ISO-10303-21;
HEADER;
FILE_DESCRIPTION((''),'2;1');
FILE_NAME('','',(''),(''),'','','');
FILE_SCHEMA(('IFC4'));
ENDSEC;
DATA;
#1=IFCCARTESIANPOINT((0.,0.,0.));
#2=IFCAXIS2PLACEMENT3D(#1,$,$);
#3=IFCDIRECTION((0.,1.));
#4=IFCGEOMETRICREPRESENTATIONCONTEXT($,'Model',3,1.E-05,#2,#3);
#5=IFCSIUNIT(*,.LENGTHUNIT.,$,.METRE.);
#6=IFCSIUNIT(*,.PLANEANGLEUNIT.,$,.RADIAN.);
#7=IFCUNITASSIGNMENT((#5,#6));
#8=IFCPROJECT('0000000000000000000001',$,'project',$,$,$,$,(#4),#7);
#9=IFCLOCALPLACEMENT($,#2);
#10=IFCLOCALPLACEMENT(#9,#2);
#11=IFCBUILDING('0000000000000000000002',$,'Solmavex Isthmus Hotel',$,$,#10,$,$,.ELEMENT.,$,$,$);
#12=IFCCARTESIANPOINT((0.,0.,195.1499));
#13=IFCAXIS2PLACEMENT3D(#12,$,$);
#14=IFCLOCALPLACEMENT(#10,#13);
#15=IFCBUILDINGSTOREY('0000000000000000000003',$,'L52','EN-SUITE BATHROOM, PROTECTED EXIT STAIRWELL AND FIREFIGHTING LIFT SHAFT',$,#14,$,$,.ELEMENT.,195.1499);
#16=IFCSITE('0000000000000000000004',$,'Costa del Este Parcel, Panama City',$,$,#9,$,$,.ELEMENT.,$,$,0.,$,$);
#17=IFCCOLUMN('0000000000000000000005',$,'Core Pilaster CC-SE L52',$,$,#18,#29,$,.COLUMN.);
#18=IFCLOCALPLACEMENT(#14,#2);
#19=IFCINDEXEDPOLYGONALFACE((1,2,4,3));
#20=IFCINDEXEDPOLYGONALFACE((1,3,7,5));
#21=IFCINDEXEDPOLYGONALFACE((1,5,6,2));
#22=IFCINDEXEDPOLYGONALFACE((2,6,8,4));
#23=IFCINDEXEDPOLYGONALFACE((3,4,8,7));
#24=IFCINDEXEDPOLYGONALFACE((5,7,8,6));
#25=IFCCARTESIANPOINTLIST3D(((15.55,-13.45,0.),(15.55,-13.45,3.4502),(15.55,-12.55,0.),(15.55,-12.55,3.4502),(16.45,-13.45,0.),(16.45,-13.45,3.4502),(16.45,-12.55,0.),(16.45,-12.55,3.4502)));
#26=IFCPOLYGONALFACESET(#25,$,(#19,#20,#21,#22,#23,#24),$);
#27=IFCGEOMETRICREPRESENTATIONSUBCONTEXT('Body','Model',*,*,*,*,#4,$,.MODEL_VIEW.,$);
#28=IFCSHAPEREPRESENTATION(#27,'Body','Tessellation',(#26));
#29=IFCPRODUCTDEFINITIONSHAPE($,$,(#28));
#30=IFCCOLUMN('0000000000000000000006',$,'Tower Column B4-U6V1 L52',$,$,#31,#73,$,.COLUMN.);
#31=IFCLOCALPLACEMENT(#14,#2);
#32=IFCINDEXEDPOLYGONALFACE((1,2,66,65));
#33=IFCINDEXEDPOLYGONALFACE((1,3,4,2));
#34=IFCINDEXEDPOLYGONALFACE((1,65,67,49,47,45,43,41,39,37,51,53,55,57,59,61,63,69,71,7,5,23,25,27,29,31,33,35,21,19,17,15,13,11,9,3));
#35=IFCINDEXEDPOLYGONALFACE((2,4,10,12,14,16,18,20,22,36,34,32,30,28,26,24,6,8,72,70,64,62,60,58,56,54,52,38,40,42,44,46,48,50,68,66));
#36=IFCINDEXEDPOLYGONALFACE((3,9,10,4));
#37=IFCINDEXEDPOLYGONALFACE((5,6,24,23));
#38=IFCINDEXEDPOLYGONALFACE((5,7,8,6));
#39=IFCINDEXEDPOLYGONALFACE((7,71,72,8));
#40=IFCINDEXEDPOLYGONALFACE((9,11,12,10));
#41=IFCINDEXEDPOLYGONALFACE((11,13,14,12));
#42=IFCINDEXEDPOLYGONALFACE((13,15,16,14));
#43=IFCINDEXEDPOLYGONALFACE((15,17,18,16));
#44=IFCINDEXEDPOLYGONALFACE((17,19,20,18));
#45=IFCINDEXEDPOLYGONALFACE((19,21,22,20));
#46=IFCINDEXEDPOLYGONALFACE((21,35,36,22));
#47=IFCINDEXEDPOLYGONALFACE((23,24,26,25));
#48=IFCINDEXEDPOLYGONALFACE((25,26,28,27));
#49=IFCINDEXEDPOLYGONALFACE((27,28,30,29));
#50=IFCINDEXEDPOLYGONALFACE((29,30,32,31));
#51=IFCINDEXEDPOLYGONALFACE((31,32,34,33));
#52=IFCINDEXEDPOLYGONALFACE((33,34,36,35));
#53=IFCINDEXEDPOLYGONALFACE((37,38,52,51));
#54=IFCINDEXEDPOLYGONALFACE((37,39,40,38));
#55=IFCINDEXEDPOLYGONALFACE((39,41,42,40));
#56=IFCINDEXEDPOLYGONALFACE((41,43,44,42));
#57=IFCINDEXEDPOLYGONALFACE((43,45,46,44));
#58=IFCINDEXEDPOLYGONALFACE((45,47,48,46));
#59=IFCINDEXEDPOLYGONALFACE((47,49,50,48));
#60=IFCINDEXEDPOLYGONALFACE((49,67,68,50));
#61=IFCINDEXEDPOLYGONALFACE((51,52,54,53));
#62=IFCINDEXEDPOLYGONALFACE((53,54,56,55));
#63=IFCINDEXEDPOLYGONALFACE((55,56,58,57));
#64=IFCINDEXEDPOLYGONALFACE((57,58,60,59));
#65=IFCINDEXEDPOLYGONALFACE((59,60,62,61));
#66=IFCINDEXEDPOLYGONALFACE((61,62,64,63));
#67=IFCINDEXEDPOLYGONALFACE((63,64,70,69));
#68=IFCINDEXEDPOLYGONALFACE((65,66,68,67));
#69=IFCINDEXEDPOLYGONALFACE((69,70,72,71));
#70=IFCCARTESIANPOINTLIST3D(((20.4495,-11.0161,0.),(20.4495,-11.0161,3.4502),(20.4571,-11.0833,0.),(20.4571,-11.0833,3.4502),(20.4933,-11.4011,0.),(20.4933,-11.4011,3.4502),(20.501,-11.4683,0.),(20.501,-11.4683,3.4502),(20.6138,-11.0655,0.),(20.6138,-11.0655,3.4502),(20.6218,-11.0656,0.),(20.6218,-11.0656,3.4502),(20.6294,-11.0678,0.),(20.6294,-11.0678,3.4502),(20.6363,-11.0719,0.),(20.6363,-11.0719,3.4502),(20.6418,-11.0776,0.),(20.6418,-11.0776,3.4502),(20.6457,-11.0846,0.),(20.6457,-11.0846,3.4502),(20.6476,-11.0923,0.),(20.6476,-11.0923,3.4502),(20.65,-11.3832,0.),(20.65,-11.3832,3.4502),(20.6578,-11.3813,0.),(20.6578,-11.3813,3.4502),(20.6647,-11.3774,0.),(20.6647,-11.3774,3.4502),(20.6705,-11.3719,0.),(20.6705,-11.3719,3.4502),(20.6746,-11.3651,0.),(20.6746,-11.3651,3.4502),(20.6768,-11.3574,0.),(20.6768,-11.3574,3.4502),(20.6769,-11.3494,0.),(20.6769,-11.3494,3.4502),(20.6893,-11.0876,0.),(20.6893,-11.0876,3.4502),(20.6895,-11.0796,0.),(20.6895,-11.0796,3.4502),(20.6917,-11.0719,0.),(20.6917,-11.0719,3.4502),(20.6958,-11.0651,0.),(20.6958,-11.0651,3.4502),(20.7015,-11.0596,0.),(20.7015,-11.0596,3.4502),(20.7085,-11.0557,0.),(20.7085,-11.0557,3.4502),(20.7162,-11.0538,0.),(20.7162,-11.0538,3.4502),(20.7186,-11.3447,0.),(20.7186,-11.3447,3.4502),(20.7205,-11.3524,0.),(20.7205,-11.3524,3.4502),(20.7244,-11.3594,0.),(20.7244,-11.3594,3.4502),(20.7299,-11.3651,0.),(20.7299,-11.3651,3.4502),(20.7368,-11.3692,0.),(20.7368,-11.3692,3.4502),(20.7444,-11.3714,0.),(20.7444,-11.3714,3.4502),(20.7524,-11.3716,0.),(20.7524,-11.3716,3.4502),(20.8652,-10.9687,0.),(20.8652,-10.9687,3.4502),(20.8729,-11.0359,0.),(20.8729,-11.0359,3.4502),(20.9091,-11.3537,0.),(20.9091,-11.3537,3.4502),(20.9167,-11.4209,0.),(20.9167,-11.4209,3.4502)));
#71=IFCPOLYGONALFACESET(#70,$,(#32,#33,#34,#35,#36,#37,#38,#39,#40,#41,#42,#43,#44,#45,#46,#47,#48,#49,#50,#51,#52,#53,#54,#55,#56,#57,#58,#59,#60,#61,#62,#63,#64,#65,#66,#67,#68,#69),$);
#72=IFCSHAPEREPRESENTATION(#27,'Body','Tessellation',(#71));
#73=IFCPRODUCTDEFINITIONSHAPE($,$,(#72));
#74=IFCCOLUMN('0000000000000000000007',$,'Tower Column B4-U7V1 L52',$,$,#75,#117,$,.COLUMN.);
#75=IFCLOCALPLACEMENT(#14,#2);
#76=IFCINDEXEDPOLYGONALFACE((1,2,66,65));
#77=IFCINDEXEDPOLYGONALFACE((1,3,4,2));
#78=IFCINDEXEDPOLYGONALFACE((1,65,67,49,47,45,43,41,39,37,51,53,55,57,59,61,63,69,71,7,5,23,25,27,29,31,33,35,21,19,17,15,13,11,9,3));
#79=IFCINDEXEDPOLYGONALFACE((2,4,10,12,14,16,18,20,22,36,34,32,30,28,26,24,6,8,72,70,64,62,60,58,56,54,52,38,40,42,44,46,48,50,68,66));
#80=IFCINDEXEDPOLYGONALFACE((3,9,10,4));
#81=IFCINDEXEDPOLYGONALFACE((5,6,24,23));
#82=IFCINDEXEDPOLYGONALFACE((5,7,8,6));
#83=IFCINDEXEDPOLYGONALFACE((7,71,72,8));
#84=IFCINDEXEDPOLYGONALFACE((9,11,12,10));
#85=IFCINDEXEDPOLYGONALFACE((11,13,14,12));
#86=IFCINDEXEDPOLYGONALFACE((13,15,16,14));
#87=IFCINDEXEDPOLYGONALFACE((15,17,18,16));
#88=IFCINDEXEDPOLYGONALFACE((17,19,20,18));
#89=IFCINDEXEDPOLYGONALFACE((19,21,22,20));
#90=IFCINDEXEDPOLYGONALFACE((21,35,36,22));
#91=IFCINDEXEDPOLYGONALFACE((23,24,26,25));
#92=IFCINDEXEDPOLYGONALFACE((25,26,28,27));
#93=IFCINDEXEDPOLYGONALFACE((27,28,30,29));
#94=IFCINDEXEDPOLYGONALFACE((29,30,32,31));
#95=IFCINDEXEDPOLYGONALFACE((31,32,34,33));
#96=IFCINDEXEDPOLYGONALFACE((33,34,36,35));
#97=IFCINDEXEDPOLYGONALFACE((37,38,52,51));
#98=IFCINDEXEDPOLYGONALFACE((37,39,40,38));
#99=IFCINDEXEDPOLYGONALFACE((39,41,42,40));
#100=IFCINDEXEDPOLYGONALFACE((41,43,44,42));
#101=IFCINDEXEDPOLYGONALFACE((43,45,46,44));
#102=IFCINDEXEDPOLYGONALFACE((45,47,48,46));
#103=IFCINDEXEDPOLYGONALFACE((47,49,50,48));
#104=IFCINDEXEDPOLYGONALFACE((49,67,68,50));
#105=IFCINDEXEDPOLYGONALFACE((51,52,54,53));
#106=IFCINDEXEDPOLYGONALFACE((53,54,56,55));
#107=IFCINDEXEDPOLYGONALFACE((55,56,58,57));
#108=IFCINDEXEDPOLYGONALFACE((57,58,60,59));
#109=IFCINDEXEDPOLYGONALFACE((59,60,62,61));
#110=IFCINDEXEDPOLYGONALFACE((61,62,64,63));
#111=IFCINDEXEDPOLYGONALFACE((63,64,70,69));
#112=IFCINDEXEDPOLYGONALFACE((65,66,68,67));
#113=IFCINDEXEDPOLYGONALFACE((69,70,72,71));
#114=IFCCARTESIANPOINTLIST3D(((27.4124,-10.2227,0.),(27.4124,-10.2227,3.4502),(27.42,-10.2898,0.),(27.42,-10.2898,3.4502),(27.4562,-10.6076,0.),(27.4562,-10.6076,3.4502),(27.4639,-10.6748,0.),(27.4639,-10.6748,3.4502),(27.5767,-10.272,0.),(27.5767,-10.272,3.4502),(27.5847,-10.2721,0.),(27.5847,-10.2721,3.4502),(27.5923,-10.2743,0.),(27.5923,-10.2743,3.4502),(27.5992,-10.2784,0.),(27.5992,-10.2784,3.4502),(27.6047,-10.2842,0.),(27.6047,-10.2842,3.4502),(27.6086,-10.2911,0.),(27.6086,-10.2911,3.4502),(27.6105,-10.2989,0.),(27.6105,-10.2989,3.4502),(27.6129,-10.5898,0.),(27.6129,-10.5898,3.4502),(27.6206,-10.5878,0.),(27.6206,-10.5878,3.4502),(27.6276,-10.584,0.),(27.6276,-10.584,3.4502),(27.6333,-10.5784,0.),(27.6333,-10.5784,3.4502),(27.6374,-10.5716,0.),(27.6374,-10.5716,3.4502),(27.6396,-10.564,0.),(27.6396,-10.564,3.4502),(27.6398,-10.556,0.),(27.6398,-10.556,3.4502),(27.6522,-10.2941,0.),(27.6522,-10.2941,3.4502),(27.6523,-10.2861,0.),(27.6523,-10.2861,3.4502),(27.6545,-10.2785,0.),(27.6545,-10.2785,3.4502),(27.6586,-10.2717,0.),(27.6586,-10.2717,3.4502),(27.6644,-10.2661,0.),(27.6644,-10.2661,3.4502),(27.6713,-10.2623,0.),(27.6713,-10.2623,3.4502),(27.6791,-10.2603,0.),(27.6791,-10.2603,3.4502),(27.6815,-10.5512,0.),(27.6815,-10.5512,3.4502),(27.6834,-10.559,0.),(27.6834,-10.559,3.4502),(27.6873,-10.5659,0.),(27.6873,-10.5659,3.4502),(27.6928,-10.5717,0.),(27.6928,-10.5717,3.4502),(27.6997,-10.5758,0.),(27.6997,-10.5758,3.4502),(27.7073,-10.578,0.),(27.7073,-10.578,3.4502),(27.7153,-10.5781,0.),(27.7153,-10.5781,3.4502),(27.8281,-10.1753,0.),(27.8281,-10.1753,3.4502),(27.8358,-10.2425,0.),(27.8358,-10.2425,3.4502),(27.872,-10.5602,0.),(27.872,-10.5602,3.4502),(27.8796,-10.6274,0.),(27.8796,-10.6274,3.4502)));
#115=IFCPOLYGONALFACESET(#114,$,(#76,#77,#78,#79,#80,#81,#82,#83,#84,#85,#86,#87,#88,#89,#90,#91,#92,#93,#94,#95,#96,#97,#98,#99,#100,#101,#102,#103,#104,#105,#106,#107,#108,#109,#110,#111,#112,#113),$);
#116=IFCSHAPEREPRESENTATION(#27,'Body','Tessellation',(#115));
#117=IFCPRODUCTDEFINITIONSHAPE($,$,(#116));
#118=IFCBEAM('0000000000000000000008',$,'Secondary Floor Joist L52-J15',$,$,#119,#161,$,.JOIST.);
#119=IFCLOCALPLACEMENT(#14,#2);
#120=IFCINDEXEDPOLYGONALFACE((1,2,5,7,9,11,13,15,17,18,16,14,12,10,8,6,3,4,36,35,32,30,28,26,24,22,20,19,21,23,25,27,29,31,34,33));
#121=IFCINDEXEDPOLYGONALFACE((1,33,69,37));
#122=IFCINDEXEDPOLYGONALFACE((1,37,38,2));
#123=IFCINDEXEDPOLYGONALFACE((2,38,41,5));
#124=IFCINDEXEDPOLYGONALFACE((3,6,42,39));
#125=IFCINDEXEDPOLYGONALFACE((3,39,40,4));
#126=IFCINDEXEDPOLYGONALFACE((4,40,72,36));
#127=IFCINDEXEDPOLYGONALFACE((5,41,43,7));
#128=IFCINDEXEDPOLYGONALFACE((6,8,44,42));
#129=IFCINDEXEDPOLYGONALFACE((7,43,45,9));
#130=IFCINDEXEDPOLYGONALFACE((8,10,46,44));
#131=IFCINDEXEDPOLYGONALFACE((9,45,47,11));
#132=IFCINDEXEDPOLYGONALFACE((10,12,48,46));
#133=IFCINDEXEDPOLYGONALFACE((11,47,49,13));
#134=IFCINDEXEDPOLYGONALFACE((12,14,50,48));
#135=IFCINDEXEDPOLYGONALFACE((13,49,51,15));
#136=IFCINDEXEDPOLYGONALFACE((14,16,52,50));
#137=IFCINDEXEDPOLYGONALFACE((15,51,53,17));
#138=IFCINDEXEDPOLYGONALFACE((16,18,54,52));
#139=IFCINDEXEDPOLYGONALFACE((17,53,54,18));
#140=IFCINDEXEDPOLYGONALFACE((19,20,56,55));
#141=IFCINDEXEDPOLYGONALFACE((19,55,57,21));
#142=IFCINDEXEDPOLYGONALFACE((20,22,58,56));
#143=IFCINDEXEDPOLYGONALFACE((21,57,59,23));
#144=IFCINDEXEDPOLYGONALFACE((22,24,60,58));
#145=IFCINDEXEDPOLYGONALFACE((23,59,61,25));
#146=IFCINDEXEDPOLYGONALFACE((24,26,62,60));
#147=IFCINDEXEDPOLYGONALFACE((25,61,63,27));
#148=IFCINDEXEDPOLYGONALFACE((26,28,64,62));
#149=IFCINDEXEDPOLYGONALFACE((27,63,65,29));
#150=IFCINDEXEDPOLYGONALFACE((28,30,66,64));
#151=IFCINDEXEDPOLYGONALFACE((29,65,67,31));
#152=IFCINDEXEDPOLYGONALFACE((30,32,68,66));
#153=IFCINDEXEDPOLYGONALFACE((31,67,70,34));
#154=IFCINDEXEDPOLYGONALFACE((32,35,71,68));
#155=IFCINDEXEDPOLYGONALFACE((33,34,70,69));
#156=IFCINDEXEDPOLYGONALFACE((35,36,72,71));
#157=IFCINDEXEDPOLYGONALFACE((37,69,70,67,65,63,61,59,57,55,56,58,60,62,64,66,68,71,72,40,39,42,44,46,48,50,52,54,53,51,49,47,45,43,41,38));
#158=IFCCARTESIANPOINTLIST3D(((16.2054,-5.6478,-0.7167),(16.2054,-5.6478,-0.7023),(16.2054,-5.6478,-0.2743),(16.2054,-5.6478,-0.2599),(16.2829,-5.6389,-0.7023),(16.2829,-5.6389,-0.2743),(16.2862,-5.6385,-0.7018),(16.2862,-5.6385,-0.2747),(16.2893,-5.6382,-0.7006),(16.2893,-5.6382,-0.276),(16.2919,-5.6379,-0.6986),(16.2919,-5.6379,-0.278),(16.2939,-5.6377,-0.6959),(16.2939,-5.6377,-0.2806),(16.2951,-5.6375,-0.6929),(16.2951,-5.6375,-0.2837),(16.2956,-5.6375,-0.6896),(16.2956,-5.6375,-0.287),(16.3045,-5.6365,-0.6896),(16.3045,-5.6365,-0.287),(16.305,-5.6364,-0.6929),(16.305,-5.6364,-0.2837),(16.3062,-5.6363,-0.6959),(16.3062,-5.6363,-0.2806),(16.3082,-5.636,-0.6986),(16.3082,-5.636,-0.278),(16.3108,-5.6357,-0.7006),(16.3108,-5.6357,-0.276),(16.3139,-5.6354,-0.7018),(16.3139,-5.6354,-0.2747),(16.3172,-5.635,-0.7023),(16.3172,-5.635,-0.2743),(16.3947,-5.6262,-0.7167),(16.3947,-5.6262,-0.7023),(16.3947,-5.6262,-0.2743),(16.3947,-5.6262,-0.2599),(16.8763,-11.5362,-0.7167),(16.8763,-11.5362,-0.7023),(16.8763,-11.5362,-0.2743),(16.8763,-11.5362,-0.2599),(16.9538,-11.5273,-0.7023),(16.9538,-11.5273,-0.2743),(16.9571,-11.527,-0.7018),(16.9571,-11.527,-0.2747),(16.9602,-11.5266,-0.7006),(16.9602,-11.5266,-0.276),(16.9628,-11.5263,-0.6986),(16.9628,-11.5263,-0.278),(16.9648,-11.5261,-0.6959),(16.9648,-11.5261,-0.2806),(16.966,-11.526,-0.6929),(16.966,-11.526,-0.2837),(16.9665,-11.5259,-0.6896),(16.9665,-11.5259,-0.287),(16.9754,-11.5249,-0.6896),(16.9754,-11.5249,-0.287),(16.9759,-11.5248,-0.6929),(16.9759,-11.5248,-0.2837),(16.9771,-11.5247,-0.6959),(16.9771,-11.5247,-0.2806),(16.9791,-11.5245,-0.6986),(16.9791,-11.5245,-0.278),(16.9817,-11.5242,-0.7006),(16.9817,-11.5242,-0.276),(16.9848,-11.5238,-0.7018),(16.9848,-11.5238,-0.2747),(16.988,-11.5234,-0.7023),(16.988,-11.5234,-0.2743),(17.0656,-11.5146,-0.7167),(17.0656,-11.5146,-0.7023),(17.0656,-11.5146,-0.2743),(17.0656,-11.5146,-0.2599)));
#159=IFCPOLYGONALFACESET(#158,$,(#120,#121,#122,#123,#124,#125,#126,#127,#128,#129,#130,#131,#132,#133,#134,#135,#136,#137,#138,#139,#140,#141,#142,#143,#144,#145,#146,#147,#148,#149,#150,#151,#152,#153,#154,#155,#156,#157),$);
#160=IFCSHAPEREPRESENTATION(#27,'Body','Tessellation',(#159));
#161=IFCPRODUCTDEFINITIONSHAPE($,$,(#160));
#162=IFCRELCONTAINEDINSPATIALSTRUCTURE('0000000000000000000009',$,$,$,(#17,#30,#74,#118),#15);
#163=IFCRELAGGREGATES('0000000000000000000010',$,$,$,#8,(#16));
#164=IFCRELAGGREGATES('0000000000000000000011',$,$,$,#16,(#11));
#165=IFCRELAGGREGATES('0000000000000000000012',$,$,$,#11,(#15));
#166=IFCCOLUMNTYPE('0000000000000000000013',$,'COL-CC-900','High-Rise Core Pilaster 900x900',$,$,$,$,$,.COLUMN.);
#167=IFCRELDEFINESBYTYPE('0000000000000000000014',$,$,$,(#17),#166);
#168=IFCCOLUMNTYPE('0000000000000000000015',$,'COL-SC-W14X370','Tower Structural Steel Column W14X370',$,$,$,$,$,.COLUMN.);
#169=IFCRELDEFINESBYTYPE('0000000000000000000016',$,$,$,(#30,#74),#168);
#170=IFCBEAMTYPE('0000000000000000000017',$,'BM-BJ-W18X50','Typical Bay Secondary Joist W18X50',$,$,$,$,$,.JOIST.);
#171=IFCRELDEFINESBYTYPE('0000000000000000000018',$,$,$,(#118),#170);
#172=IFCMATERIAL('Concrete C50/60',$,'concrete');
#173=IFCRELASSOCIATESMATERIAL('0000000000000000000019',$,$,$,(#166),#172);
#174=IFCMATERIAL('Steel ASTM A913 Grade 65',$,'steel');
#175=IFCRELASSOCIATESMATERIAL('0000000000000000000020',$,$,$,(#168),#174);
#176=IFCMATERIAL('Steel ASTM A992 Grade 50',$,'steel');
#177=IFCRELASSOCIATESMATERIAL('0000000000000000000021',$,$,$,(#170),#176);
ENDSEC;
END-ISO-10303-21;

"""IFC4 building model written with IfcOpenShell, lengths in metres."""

from ifc_helpers import new_model, si_unit, direction, frame, origin, origin_2d, place, context, subcontext, project, spatial, rectangle, i_section, extrude, material, material_profile, profile_set, type_object, element, save


model = new_model("IFC4")

# Units and contexts
model_context = context("Model", 3, precision=1e-05, world=origin(), true_north=direction((0.0, 1.0)))
body_context = subcontext(model_context, "Body", "Model", "MODEL_VIEW")
ifc_project = project(units=[si_unit("LENGTHUNIT", "METRE"), si_unit("PLANEANGLEUNIT", "RADIAN")], contexts=[model_context])

# Site, building, storey
site_placement = place(None, origin())
site = spatial("IfcSite", under=ifc_project, at=site_placement, Name="Costa del Este Parcel, Panama City", CompositionType="ELEMENT", RefElevation=0.0)
building_placement = place(site_placement, origin())
building = spatial("IfcBuilding", under=site, at=building_placement, Name="Solmavex Isthmus Hotel", CompositionType="ELEMENT")
storey_placement = place(building_placement, frame((0.0, 0.0, 195.1499)))
storey = spatial("IfcBuildingStorey", under=building, at=storey_placement, Name="L52", Description="EN-SUITE BATHROOM, PROTECTED EXIT STAIRWELL AND FIREFIGHTING LIFT SHAFT", CompositionType="ELEMENT", Elevation=195.1499)

# Columns
ifc_material_1 = material(Name="Concrete C50/60", Category="concrete")
ifc_material_profile_1 = material_profile(ifc_material_1, rectangle(XDim=0.8999, YDim=0.8999, at=origin_2d()), Name="RC900X900")
ifc_profile_set_1 = profile_set([ifc_material_profile_1], Name="Concrete C50/60")
column_type_1 = type_object("IfcColumnType", Name="COL-CC-900", Description="High-Rise Core Pilaster 900x900", PredefinedType="COLUMN", material=ifc_profile_set_1)
column_placement = place(storey_placement, frame((16.0, -13.0, 0.0), z_axis=(0.0, 0.0, 1.0), x_axis=(1.0, 0.0, 0.0)))
element("IfcColumn", 1, at=column_placement, inside=storey, type_object=column_type_1, Name="Core Pilaster CC-SE L52", PredefinedType="COLUMN", context=body_context, shape_type="SweptSolid", body=[
    extrude(rectangle(XDim=0.8999, YDim=0.8999, at=origin_2d()), origin(), (0.0, 0.0, 1.0), 3.4502),
])
ifc_material_2 = material(Name="Steel ASTM A913 Grade 65", Category="steel")
ifc_material_profile_2 = material_profile(ifc_material_2, i_section(OverallWidth=0.4185, OverallDepth=0.4551, WebThickness=0.042, FlangeThickness=0.0676, FilletRadius=0.0305, at=origin_2d()), Name="W14X370")
ifc_profile_set_2 = profile_set([ifc_material_profile_2], Name="Steel ASTM A913 Grade 65")
column_type_2 = type_object("IfcColumnType", Name="COL-SC-W14X370", Description="Tower Structural Steel Column W14X370", PredefinedType="COLUMN", material=ifc_profile_set_2)
for number, where, z_axis, x_axis, name in (
    (2, (20.6831, -11.2185, 0.0), (0.0, 0.0, 1.0), (0.993572, 0.113203, 0.0), "Tower Column B4-U6V1 L52"),
    (3, (27.646, -10.425, 0.0), (0.0, 0.0, 1.0), (0.993572, 0.113203, 0.0), "Tower Column B4-U7V1 L52"),
):
    element("IfcColumn", number, at=place(storey_placement, frame(where, z_axis=z_axis, x_axis=x_axis)), inside=storey, type_object=column_type_2, Name=name, PredefinedType="COLUMN", context=body_context, shape_type="SweptSolid", body=[
        extrude(i_section(OverallWidth=0.4185, OverallDepth=0.4551, WebThickness=0.042, FlangeThickness=0.0676, FilletRadius=0.0305, at=origin_2d()), origin(), (0.0, 0.0, 1.0), 3.4502),
    ])

# Beam
ifc_material_3 = material(Name="Steel ASTM A992 Grade 50", Category="steel")
ifc_material_profile_3 = material_profile(ifc_material_3, i_section(OverallWidth=0.1904, OverallDepth=0.4568, WebThickness=0.009, FlangeThickness=0.0144, FilletRadius=0.0127, at=origin_2d()), Name="W18X50")
ifc_profile_set_3 = profile_set([ifc_material_profile_3], Name="Steel ASTM A992 Grade 50")
beam_type_1 = type_object("IfcBeamType", Name="BM-BJ-W18X50", Description="Typical Bay Secondary Joist W18X50", PredefinedType="JOIST", material=ifc_profile_set_3)
beam_1_placement = place(storey_placement, frame((16.9709, -11.5254, -0.4883), z_axis=(-0.113203, 0.993572, 0.0), x_axis=(-0.993572, -0.113203, 0.0)))
element("IfcBeam", 4, at=beam_1_placement, inside=storey, type_object=beam_type_1, Name="Secondary Floor Joist L52-J15", PredefinedType="JOIST", context=body_context, shape_type="SweptSolid", body=[
    extrude(i_section(OverallWidth=0.1904, OverallDepth=0.4568, WebThickness=0.009, FlangeThickness=0.0144, FilletRadius=0.0127, at=origin_2d()), origin(), (0.0, 0.0, 1.0), 5.9265),
])

save(model, "model.ifc")
